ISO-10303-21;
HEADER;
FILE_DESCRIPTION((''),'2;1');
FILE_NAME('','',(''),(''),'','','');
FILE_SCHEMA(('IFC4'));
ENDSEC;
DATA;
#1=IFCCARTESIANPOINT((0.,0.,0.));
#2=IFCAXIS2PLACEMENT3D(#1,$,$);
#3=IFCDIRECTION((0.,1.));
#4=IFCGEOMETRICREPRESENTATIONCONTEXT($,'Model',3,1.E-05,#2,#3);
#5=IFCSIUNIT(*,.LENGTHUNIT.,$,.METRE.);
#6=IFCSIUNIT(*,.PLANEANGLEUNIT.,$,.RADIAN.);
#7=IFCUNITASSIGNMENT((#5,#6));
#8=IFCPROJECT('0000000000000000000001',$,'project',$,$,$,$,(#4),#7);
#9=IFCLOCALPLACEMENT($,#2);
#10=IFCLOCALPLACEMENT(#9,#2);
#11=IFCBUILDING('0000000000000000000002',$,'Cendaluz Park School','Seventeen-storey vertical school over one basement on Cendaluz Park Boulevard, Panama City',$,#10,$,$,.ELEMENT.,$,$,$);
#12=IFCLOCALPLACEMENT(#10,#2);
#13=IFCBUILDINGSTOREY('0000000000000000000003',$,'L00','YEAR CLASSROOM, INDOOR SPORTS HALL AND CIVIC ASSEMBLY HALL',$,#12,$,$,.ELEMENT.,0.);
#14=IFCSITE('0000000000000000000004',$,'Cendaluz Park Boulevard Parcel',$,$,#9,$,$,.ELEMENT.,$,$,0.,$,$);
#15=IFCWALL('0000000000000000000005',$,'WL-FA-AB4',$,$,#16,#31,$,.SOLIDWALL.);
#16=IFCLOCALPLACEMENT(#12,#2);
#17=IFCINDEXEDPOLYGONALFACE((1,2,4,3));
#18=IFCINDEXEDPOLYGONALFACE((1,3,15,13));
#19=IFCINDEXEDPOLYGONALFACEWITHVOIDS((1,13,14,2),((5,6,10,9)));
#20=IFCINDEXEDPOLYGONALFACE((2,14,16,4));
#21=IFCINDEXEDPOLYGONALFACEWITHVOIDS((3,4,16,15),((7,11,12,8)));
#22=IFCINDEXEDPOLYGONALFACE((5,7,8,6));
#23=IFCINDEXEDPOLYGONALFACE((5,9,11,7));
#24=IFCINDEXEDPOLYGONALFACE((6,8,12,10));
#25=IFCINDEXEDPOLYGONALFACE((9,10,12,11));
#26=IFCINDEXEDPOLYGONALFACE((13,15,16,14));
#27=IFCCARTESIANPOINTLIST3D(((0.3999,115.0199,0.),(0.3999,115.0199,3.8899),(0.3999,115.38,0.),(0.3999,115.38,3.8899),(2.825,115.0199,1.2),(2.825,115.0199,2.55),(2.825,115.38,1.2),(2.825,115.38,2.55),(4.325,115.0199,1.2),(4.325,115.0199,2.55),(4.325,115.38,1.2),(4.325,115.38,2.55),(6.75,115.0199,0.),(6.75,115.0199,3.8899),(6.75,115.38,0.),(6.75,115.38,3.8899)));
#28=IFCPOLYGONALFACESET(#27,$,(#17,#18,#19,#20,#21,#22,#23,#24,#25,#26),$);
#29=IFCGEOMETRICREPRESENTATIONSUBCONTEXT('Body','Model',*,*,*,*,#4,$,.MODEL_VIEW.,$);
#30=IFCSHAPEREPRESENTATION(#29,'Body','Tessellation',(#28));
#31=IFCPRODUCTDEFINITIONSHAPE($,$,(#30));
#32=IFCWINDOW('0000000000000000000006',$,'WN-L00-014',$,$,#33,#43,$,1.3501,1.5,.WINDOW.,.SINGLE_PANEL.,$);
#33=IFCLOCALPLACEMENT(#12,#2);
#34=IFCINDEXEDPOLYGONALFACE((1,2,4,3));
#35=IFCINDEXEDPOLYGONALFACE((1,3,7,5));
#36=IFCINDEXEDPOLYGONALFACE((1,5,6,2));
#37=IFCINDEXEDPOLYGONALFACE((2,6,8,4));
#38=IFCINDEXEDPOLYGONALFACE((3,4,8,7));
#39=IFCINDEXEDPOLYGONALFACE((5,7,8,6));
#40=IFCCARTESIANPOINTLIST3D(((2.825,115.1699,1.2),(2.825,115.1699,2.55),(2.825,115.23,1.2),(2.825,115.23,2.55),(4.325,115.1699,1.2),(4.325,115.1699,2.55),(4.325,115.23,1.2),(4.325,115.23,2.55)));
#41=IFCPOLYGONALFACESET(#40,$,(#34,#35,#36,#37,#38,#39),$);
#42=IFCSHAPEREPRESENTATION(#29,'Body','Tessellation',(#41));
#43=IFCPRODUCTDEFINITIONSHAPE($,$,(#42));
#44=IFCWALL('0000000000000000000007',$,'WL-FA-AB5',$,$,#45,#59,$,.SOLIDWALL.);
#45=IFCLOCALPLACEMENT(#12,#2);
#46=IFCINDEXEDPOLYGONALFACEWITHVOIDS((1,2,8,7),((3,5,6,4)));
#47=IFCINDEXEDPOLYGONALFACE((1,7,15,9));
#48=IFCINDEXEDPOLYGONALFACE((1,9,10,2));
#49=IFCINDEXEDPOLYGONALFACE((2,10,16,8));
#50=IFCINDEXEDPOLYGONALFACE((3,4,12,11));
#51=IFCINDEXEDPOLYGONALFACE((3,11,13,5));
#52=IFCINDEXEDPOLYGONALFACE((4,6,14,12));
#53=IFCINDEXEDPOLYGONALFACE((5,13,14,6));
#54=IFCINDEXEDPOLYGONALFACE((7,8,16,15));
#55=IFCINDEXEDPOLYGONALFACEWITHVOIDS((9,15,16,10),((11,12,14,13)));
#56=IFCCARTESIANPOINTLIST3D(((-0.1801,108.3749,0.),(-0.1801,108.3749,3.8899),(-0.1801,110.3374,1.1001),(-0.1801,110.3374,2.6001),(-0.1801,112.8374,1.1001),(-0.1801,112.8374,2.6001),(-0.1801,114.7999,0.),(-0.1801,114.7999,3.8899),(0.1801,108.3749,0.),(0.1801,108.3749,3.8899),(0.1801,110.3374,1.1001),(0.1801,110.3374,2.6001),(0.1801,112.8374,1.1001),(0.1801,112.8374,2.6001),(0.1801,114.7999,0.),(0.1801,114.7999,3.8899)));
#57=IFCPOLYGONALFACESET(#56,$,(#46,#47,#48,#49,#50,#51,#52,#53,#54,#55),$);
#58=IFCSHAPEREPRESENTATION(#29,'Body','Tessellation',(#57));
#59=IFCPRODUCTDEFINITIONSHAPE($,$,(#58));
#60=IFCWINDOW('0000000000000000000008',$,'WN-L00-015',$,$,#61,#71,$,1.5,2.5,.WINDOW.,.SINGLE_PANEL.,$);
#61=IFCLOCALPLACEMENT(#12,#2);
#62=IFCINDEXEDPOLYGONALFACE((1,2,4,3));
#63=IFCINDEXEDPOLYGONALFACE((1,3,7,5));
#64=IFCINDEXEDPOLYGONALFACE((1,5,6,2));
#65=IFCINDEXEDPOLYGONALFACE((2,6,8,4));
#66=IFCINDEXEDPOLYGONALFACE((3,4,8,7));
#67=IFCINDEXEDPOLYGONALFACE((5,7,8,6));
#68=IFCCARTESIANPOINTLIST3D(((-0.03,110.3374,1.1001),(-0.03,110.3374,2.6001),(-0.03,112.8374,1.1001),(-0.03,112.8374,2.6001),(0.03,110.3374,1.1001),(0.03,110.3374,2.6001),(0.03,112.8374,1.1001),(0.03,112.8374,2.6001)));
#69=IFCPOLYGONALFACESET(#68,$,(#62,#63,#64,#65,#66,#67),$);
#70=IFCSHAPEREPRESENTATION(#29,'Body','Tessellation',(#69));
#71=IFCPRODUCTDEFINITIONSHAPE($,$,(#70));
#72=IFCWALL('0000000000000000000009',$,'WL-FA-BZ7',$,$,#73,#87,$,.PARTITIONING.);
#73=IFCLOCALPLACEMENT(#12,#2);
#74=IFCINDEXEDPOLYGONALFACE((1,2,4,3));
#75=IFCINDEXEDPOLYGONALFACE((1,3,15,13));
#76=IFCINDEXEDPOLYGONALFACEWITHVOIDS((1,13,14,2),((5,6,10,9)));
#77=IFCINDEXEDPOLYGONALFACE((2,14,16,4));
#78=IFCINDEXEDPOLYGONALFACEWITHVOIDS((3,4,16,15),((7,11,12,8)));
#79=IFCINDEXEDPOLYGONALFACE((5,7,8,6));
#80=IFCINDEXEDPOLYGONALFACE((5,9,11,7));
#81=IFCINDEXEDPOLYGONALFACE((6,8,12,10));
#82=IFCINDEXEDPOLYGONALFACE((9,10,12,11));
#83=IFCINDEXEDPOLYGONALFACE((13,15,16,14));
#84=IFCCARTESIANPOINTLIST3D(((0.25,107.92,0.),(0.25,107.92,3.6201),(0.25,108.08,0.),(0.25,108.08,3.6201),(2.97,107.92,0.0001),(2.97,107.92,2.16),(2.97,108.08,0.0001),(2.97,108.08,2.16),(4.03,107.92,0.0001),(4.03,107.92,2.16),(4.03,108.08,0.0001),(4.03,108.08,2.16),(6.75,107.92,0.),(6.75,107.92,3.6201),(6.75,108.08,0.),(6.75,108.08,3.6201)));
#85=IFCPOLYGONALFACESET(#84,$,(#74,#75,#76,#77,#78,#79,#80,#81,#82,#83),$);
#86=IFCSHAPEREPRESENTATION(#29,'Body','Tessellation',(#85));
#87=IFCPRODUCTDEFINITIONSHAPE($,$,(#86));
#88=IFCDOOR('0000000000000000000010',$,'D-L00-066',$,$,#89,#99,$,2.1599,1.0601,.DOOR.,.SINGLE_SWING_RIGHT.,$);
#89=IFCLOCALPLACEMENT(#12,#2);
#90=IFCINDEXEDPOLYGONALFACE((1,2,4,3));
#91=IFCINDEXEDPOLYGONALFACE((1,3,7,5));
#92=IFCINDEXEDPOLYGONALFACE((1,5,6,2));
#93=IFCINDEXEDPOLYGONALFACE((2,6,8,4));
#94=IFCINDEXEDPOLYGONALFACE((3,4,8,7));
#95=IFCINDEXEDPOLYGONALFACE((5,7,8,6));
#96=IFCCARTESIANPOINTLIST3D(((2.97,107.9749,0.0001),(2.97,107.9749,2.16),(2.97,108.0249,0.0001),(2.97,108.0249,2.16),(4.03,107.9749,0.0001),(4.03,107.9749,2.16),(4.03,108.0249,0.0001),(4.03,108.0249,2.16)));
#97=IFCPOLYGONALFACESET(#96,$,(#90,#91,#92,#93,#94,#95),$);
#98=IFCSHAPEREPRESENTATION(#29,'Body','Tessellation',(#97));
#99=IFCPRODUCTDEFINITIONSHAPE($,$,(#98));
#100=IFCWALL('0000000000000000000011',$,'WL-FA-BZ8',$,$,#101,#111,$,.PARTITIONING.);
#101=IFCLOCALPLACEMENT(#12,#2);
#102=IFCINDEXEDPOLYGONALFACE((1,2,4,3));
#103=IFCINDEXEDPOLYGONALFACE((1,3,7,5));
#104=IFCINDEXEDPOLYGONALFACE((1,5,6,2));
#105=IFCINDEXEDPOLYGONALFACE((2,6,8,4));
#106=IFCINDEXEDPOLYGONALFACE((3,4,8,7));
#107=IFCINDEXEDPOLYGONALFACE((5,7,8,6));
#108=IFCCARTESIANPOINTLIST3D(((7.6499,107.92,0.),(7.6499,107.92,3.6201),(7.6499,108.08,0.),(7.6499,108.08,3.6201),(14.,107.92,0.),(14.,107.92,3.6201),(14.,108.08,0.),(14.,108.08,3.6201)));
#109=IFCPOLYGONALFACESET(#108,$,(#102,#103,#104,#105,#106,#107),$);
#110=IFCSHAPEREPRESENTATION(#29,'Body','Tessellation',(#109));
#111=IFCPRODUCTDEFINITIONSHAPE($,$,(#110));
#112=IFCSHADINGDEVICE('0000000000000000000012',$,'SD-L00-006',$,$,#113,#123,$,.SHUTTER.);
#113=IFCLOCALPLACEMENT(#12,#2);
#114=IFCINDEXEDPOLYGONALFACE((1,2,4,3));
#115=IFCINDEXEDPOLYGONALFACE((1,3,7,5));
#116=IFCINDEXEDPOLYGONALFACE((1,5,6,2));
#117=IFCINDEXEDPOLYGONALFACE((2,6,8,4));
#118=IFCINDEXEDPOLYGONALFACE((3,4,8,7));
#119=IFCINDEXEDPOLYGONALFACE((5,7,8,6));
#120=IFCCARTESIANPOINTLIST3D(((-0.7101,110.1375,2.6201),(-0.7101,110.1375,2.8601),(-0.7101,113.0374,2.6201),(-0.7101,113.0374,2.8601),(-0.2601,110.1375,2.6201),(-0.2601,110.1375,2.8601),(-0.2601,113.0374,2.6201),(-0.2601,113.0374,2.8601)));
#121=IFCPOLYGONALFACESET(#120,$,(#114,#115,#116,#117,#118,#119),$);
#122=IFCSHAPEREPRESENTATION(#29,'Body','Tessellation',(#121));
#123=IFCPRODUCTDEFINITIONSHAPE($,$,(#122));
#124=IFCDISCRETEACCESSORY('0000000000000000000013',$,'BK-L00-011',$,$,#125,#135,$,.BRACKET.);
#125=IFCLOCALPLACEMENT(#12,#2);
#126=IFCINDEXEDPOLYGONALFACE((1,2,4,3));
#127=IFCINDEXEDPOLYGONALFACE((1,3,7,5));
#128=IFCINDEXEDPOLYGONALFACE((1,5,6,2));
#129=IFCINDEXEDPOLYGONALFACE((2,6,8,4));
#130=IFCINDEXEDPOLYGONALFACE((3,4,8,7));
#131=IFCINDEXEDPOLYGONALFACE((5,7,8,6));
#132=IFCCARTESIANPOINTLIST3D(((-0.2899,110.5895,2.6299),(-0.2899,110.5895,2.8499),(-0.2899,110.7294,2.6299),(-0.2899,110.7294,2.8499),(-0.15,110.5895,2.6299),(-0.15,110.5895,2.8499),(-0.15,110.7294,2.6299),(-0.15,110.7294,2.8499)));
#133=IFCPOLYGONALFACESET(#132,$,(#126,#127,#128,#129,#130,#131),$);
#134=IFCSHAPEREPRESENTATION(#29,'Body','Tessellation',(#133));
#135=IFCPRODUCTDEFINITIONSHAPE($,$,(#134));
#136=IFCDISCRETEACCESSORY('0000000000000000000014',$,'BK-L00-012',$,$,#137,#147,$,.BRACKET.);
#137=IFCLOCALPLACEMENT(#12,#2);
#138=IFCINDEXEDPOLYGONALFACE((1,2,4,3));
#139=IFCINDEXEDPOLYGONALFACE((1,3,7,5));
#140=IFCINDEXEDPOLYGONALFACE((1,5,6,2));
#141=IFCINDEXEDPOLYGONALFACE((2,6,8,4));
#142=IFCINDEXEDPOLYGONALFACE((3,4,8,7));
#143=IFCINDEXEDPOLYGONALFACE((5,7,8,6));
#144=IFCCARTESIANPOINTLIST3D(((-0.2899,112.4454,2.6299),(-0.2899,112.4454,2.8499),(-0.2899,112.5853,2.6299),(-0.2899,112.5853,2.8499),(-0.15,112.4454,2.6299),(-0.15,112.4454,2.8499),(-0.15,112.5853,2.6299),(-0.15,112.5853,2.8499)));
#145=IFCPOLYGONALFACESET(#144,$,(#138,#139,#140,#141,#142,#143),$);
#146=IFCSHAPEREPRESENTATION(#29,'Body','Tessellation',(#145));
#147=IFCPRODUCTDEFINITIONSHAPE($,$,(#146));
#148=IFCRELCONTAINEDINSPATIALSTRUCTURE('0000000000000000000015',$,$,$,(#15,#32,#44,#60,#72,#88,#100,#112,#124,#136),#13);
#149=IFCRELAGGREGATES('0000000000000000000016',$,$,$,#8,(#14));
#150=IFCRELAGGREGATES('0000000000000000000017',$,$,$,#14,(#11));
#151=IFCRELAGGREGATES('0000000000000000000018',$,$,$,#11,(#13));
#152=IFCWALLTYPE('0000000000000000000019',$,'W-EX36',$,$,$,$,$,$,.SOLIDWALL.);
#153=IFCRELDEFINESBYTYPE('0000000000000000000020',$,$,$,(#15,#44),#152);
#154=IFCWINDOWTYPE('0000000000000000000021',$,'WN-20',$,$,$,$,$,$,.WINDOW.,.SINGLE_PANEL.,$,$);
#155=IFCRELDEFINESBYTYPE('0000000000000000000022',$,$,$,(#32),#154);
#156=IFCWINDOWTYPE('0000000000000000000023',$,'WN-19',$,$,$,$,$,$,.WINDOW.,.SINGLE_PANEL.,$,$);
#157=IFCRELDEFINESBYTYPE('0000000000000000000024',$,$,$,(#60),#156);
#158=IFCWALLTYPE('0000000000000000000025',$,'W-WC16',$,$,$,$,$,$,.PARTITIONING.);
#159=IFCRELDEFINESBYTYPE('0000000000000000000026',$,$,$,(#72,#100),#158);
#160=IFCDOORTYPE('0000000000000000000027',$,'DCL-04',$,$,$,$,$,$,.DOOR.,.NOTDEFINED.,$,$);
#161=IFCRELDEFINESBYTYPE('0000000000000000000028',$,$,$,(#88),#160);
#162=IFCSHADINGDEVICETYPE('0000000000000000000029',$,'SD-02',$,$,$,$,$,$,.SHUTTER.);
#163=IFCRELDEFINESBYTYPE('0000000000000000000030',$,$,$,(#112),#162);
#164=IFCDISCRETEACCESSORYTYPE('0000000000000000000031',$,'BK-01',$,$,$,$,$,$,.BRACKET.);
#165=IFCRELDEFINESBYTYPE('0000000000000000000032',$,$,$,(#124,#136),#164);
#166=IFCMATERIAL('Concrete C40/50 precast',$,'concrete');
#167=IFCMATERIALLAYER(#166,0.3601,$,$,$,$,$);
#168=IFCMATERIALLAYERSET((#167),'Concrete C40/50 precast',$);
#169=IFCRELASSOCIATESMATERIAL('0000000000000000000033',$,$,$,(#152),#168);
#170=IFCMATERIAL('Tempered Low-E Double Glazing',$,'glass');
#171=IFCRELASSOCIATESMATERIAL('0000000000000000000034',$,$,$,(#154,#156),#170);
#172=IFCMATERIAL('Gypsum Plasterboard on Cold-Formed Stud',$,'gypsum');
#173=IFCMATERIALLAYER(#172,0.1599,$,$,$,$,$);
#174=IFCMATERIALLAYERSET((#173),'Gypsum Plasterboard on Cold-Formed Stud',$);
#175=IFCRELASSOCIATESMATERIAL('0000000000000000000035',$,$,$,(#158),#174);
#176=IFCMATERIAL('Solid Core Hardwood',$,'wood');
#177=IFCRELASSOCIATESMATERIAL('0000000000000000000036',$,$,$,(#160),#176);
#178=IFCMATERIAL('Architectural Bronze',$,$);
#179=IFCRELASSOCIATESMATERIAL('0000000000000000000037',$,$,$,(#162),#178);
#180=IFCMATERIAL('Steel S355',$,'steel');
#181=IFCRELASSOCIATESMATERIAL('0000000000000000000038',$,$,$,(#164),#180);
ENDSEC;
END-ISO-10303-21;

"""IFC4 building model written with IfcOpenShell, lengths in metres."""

from ifc_helpers import new_model, si_unit, direction, frame, frame_2d, origin, origin_2d, place, context, subcontext, project, spatial, rectangle, extrude, material, layer, layer_set, type_object, element, fill, save


model = new_model("IFC4")

# Units and contexts
model_context = context("Model", 3, precision=1e-05, world=origin(), true_north=direction((0.0, 1.0)))
body_context = subcontext(model_context, "Body", "Model", "MODEL_VIEW")
ifc_project = project(units=[si_unit("LENGTHUNIT", "METRE"), si_unit("PLANEANGLEUNIT", "RADIAN")], contexts=[model_context])

# Site, building, storey
site_placement = place(None, origin())
site = spatial("IfcSite", under=ifc_project, at=site_placement, Name="Cendaluz Park Boulevard Parcel", CompositionType="ELEMENT", RefElevation=0.0)
building_placement = place(site_placement, origin())
building = spatial("IfcBuilding", under=site, at=building_placement, Name="Cendaluz Park School", Description="Seventeen-storey vertical school over one basement on Cendaluz Park Boulevard, Panama City", CompositionType="ELEMENT")
storey_placement = place(building_placement, origin())
storey = spatial("IfcBuildingStorey", under=building, at=storey_placement, Name="L00", Description="YEAR CLASSROOM, INDOOR SPORTS HALL AND CIVIC ASSEMBLY HALL", CompositionType="ELEMENT", Elevation=0.0)

# Walls, openings, windows
ifc_material_1 = material(Name="Concrete C40/50 precast", Category="concrete")
ifc_layer_1 = layer(ifc_material_1, 0.3601)
ifc_layer_set_1 = layer_set([ifc_layer_1], Name="Concrete C40/50 precast")
wall_type_1 = type_object("IfcWallType", Name="W-EX36", PredefinedType="SOLIDWALL", material=ifc_layer_set_1)
wall_1_placement = place(storey_placement, frame((0.3999, 115.2, 0.0), z_axis=(0.0, 0.0, 1.0), x_axis=(1.0, 0.0, 0.0)))
wall_1 = element("IfcWall", 1, at=wall_1_placement, inside=storey, type_object=wall_type_1, Name="WL-FA-AB4", PredefinedType="SOLIDWALL", context=body_context, shape_type="SweptSolid", body=[
    extrude(rectangle(XDim=6.3501, YDim=0.3601, at=frame_2d((3.175, 0.0))), origin(), (0.0, 0.0, 1.0), 3.8899),
])
opening_1_placement = place(wall_1_placement, frame((2.425, 0.0, 1.2)))
opening_1 = element("IfcOpeningElement", 2, at=opening_1_placement, cuts=wall_1, PredefinedType="OPENING", context=body_context, shape_type="SweptSolid", body=[
    extrude(rectangle(XDim=1.5, YDim=1.3501, at=frame_2d((0.75, 0.675))), frame((0.0, 0.1921, 0.0), z_axis=(0.0, -1.0, 0.0), x_axis=(1.0, 0.0, 0.0)), (0.0, 0.0, 1.0), 0.384),
])
ifc_material_2 = material(Name="Tempered Low-E Double Glazing", Category="glass")
window_type_1 = type_object("IfcWindowType", Name="WN-20", PartitioningType="SINGLE_PANEL", PredefinedType="WINDOW", material=ifc_material_2)
window_1_placement = place(opening_1_placement, origin())
window_1 = element("IfcWindow", 3, at=window_1_placement, inside=storey, type_object=window_type_1, Name="WN-L00-014", OverallHeight=1.3501, OverallWidth=1.5, PartitioningType="SINGLE_PANEL", PredefinedType="WINDOW", context=body_context, shape_type="SweptSolid", body=[
    extrude(rectangle(XDim=1.5, YDim=1.3501, at=frame_2d((0.75, 0.675))), frame((0.0, 0.03, 0.0), z_axis=(0.0, -1.0, 0.0), x_axis=(1.0, 0.0, 0.0)), (0.0, 0.0, 1.0), 0.0601),
])
fill(opening_1, window_1)
wall_2_placement = place(storey_placement, frame((0.0, 108.375, 0.0), z_axis=(0.0, 0.0, 1.0), x_axis=(0.0, 1.0, 0.0)))
wall_2 = element("IfcWall", 4, at=wall_2_placement, inside=storey, type_object=wall_type_1, Name="WL-FA-AB5", PredefinedType="SOLIDWALL", context=body_context, shape_type="SweptSolid", body=[
    extrude(rectangle(XDim=6.425, YDim=0.3601, at=frame_2d((3.2124, 0.0))), origin(), (0.0, 0.0, 1.0), 3.8899),
])
opening_2_placement = place(wall_2_placement, frame((1.9624, 0.0, 1.1001)))
opening_2 = element("IfcOpeningElement", 5, at=opening_2_placement, cuts=wall_2, PredefinedType="OPENING", context=body_context, shape_type="SweptSolid", body=[
    extrude(rectangle(XDim=2.5, YDim=1.5, at=frame_2d((1.25, 0.75))), frame((0.0, 0.1921, 0.0), z_axis=(0.0, -1.0, 0.0), x_axis=(1.0, 0.0, 0.0)), (0.0, 0.0, 1.0), 0.384),
])
window_type_2 = type_object("IfcWindowType", Name="WN-19", PartitioningType="SINGLE_PANEL", PredefinedType="WINDOW", material=ifc_material_2)
window_2_placement = place(opening_2_placement, origin())
window_2 = element("IfcWindow", 6, at=window_2_placement, inside=storey, type_object=window_type_2, Name="WN-L00-015", OverallHeight=1.5, OverallWidth=2.5, PartitioningType="SINGLE_PANEL", PredefinedType="WINDOW", context=body_context, shape_type="SweptSolid", body=[
    extrude(rectangle(XDim=2.5, YDim=1.5, at=frame_2d((1.25, 0.75))), frame((0.0, 0.03, 0.0), z_axis=(0.0, -1.0, 0.0), x_axis=(1.0, 0.0, 0.0)), (0.0, 0.0, 1.0), 0.0601),
])
fill(opening_2, window_2)

# Wall, opening, door
ifc_material_3 = material(Name="Architectural Bronze")
ifc_material_4 = material(Name="Gypsum Plasterboard on Cold-Formed Stud", Category="gypsum")
ifc_layer_2 = layer(ifc_material_4, 0.1599)
ifc_layer_set_2 = layer_set([ifc_layer_2], Name="Gypsum Plasterboard on Cold-Formed Stud")
wall_type_2 = type_object("IfcWallType", Name="W-WC16", PredefinedType="PARTITIONING", material=ifc_layer_set_2)
wall_3_placement = place(storey_placement, frame((0.25, 108.0, 0.0), z_axis=(0.0, 0.0, 1.0), x_axis=(1.0, 0.0, 0.0)))
wall_3 = element("IfcWall", 7, at=wall_3_placement, inside=storey, type_object=wall_type_2, Name="WL-FA-BZ7", PredefinedType="PARTITIONING", context=body_context, shape_type="SweptSolid", body=[
    extrude(rectangle(XDim=6.5, YDim=0.1599, at=frame_2d((3.25, 0.0))), origin(), (0.0, 0.0, 1.0), 3.6201),
])
opening_3_placement = place(wall_3_placement, frame((2.72, 0.0, 0.0)))
opening_3 = element("IfcOpeningElement", 8, at=opening_3_placement, cuts=wall_3, PredefinedType="OPENING", context=body_context, shape_type="SweptSolid", body=[
    extrude(rectangle(XDim=1.0601, YDim=2.1599, at=frame_2d((0.53, 1.0801))), frame((0.0, 0.092, 0.0), z_axis=(0.0, -1.0, 0.0), x_axis=(1.0, 0.0, 0.0)), (0.0, 0.0, 1.0), 0.1838),
])
ifc_material_5 = material(Name="Solid Core Hardwood", Category="wood")
door_type_1 = type_object("IfcDoorType", Name="DCL-04", OperationType="NOTDEFINED", PredefinedType="DOOR", material=ifc_material_5)
door_1_placement = place(opening_3_placement, origin())
door_1 = element("IfcDoor", 9, at=door_1_placement, inside=storey, type_object=door_type_1, Name="D-L00-066", OperationType="SINGLE_SWING_RIGHT", OverallHeight=2.1599, OverallWidth=1.0601, PredefinedType="DOOR", context=body_context, shape_type="SweptSolid", body=[
    extrude(rectangle(XDim=1.0601, YDim=2.1599, at=frame_2d((0.53, 1.0801))), frame((0.0, 0.0249, 0.0), z_axis=(0.0, -1.0, 0.0), x_axis=(1.0, 0.0, 0.0)), (0.0, 0.0, 1.0), 0.05),
])
fill(opening_3, door_1)

# Wall
wall_4_placement = place(storey_placement, frame((7.6499, 108.0, 0.0), z_axis=(0.0, 0.0, 1.0), x_axis=(1.0, 0.0, 0.0)))
element("IfcWall", 10, at=wall_4_placement, inside=storey, type_object=wall_type_2, Name="WL-FA-BZ8", PredefinedType="PARTITIONING", context=body_context, shape_type="SweptSolid", body=[
    extrude(rectangle(XDim=6.3501, YDim=0.1599, at=frame_2d((3.175, 0.0))), origin(), (0.0, 0.0, 1.0), 3.6201),
])

# Shading device
shading_device_type = type_object("IfcShadingDeviceType", Name="SD-02", PredefinedType="SHUTTER", material=ifc_material_3)
shading_device_placement = place(storey_placement, frame((-0.4851, 111.5874, 2.6201), z_axis=(0.0, 0.0, 1.0), x_axis=(0.0, 1.0, 0.0)))
element("IfcShadingDevice", 11, at=shading_device_placement, inside=storey, type_object=shading_device_type, Name="SD-L00-006", PredefinedType="SHUTTER", context=body_context, shape_type="SweptSolid", body=[
    extrude(rectangle(XDim=2.8999, YDim=0.45, at=origin_2d()), origin(), (0.0, 0.0, 1.0), 0.24),
])

# Discrete accessories
ifc_material_6 = material(Name="Steel S355", Category="steel")
discrete_accessory_type = type_object("IfcDiscreteAccessoryType", Name="BK-01", PredefinedType="BRACKET", material=ifc_material_6)
for number, where, z_axis, x_axis, name in (
    (12, (-0.22, 110.6594, 2.6299), (0.0, 0.0, 1.0), (0.0, 1.0, 0.0), "BK-L00-011"),
    (13, (-0.22, 112.5154, 2.6299), (0.0, 0.0, 1.0), (0.0, 1.0, 0.0), "BK-L00-012"),
):
    element("IfcDiscreteAccessory", number, at=place(storey_placement, frame(where, z_axis=z_axis, x_axis=x_axis)), inside=storey, type_object=discrete_accessory_type, Name=name, PredefinedType="BRACKET", context=body_context, shape_type="SweptSolid", body=[
        extrude(rectangle(XDim=0.1399, YDim=0.1399, at=origin_2d()), origin(), (0.0, 0.0, 1.0), 0.22),
    ])

save(model, "model.ifc")
